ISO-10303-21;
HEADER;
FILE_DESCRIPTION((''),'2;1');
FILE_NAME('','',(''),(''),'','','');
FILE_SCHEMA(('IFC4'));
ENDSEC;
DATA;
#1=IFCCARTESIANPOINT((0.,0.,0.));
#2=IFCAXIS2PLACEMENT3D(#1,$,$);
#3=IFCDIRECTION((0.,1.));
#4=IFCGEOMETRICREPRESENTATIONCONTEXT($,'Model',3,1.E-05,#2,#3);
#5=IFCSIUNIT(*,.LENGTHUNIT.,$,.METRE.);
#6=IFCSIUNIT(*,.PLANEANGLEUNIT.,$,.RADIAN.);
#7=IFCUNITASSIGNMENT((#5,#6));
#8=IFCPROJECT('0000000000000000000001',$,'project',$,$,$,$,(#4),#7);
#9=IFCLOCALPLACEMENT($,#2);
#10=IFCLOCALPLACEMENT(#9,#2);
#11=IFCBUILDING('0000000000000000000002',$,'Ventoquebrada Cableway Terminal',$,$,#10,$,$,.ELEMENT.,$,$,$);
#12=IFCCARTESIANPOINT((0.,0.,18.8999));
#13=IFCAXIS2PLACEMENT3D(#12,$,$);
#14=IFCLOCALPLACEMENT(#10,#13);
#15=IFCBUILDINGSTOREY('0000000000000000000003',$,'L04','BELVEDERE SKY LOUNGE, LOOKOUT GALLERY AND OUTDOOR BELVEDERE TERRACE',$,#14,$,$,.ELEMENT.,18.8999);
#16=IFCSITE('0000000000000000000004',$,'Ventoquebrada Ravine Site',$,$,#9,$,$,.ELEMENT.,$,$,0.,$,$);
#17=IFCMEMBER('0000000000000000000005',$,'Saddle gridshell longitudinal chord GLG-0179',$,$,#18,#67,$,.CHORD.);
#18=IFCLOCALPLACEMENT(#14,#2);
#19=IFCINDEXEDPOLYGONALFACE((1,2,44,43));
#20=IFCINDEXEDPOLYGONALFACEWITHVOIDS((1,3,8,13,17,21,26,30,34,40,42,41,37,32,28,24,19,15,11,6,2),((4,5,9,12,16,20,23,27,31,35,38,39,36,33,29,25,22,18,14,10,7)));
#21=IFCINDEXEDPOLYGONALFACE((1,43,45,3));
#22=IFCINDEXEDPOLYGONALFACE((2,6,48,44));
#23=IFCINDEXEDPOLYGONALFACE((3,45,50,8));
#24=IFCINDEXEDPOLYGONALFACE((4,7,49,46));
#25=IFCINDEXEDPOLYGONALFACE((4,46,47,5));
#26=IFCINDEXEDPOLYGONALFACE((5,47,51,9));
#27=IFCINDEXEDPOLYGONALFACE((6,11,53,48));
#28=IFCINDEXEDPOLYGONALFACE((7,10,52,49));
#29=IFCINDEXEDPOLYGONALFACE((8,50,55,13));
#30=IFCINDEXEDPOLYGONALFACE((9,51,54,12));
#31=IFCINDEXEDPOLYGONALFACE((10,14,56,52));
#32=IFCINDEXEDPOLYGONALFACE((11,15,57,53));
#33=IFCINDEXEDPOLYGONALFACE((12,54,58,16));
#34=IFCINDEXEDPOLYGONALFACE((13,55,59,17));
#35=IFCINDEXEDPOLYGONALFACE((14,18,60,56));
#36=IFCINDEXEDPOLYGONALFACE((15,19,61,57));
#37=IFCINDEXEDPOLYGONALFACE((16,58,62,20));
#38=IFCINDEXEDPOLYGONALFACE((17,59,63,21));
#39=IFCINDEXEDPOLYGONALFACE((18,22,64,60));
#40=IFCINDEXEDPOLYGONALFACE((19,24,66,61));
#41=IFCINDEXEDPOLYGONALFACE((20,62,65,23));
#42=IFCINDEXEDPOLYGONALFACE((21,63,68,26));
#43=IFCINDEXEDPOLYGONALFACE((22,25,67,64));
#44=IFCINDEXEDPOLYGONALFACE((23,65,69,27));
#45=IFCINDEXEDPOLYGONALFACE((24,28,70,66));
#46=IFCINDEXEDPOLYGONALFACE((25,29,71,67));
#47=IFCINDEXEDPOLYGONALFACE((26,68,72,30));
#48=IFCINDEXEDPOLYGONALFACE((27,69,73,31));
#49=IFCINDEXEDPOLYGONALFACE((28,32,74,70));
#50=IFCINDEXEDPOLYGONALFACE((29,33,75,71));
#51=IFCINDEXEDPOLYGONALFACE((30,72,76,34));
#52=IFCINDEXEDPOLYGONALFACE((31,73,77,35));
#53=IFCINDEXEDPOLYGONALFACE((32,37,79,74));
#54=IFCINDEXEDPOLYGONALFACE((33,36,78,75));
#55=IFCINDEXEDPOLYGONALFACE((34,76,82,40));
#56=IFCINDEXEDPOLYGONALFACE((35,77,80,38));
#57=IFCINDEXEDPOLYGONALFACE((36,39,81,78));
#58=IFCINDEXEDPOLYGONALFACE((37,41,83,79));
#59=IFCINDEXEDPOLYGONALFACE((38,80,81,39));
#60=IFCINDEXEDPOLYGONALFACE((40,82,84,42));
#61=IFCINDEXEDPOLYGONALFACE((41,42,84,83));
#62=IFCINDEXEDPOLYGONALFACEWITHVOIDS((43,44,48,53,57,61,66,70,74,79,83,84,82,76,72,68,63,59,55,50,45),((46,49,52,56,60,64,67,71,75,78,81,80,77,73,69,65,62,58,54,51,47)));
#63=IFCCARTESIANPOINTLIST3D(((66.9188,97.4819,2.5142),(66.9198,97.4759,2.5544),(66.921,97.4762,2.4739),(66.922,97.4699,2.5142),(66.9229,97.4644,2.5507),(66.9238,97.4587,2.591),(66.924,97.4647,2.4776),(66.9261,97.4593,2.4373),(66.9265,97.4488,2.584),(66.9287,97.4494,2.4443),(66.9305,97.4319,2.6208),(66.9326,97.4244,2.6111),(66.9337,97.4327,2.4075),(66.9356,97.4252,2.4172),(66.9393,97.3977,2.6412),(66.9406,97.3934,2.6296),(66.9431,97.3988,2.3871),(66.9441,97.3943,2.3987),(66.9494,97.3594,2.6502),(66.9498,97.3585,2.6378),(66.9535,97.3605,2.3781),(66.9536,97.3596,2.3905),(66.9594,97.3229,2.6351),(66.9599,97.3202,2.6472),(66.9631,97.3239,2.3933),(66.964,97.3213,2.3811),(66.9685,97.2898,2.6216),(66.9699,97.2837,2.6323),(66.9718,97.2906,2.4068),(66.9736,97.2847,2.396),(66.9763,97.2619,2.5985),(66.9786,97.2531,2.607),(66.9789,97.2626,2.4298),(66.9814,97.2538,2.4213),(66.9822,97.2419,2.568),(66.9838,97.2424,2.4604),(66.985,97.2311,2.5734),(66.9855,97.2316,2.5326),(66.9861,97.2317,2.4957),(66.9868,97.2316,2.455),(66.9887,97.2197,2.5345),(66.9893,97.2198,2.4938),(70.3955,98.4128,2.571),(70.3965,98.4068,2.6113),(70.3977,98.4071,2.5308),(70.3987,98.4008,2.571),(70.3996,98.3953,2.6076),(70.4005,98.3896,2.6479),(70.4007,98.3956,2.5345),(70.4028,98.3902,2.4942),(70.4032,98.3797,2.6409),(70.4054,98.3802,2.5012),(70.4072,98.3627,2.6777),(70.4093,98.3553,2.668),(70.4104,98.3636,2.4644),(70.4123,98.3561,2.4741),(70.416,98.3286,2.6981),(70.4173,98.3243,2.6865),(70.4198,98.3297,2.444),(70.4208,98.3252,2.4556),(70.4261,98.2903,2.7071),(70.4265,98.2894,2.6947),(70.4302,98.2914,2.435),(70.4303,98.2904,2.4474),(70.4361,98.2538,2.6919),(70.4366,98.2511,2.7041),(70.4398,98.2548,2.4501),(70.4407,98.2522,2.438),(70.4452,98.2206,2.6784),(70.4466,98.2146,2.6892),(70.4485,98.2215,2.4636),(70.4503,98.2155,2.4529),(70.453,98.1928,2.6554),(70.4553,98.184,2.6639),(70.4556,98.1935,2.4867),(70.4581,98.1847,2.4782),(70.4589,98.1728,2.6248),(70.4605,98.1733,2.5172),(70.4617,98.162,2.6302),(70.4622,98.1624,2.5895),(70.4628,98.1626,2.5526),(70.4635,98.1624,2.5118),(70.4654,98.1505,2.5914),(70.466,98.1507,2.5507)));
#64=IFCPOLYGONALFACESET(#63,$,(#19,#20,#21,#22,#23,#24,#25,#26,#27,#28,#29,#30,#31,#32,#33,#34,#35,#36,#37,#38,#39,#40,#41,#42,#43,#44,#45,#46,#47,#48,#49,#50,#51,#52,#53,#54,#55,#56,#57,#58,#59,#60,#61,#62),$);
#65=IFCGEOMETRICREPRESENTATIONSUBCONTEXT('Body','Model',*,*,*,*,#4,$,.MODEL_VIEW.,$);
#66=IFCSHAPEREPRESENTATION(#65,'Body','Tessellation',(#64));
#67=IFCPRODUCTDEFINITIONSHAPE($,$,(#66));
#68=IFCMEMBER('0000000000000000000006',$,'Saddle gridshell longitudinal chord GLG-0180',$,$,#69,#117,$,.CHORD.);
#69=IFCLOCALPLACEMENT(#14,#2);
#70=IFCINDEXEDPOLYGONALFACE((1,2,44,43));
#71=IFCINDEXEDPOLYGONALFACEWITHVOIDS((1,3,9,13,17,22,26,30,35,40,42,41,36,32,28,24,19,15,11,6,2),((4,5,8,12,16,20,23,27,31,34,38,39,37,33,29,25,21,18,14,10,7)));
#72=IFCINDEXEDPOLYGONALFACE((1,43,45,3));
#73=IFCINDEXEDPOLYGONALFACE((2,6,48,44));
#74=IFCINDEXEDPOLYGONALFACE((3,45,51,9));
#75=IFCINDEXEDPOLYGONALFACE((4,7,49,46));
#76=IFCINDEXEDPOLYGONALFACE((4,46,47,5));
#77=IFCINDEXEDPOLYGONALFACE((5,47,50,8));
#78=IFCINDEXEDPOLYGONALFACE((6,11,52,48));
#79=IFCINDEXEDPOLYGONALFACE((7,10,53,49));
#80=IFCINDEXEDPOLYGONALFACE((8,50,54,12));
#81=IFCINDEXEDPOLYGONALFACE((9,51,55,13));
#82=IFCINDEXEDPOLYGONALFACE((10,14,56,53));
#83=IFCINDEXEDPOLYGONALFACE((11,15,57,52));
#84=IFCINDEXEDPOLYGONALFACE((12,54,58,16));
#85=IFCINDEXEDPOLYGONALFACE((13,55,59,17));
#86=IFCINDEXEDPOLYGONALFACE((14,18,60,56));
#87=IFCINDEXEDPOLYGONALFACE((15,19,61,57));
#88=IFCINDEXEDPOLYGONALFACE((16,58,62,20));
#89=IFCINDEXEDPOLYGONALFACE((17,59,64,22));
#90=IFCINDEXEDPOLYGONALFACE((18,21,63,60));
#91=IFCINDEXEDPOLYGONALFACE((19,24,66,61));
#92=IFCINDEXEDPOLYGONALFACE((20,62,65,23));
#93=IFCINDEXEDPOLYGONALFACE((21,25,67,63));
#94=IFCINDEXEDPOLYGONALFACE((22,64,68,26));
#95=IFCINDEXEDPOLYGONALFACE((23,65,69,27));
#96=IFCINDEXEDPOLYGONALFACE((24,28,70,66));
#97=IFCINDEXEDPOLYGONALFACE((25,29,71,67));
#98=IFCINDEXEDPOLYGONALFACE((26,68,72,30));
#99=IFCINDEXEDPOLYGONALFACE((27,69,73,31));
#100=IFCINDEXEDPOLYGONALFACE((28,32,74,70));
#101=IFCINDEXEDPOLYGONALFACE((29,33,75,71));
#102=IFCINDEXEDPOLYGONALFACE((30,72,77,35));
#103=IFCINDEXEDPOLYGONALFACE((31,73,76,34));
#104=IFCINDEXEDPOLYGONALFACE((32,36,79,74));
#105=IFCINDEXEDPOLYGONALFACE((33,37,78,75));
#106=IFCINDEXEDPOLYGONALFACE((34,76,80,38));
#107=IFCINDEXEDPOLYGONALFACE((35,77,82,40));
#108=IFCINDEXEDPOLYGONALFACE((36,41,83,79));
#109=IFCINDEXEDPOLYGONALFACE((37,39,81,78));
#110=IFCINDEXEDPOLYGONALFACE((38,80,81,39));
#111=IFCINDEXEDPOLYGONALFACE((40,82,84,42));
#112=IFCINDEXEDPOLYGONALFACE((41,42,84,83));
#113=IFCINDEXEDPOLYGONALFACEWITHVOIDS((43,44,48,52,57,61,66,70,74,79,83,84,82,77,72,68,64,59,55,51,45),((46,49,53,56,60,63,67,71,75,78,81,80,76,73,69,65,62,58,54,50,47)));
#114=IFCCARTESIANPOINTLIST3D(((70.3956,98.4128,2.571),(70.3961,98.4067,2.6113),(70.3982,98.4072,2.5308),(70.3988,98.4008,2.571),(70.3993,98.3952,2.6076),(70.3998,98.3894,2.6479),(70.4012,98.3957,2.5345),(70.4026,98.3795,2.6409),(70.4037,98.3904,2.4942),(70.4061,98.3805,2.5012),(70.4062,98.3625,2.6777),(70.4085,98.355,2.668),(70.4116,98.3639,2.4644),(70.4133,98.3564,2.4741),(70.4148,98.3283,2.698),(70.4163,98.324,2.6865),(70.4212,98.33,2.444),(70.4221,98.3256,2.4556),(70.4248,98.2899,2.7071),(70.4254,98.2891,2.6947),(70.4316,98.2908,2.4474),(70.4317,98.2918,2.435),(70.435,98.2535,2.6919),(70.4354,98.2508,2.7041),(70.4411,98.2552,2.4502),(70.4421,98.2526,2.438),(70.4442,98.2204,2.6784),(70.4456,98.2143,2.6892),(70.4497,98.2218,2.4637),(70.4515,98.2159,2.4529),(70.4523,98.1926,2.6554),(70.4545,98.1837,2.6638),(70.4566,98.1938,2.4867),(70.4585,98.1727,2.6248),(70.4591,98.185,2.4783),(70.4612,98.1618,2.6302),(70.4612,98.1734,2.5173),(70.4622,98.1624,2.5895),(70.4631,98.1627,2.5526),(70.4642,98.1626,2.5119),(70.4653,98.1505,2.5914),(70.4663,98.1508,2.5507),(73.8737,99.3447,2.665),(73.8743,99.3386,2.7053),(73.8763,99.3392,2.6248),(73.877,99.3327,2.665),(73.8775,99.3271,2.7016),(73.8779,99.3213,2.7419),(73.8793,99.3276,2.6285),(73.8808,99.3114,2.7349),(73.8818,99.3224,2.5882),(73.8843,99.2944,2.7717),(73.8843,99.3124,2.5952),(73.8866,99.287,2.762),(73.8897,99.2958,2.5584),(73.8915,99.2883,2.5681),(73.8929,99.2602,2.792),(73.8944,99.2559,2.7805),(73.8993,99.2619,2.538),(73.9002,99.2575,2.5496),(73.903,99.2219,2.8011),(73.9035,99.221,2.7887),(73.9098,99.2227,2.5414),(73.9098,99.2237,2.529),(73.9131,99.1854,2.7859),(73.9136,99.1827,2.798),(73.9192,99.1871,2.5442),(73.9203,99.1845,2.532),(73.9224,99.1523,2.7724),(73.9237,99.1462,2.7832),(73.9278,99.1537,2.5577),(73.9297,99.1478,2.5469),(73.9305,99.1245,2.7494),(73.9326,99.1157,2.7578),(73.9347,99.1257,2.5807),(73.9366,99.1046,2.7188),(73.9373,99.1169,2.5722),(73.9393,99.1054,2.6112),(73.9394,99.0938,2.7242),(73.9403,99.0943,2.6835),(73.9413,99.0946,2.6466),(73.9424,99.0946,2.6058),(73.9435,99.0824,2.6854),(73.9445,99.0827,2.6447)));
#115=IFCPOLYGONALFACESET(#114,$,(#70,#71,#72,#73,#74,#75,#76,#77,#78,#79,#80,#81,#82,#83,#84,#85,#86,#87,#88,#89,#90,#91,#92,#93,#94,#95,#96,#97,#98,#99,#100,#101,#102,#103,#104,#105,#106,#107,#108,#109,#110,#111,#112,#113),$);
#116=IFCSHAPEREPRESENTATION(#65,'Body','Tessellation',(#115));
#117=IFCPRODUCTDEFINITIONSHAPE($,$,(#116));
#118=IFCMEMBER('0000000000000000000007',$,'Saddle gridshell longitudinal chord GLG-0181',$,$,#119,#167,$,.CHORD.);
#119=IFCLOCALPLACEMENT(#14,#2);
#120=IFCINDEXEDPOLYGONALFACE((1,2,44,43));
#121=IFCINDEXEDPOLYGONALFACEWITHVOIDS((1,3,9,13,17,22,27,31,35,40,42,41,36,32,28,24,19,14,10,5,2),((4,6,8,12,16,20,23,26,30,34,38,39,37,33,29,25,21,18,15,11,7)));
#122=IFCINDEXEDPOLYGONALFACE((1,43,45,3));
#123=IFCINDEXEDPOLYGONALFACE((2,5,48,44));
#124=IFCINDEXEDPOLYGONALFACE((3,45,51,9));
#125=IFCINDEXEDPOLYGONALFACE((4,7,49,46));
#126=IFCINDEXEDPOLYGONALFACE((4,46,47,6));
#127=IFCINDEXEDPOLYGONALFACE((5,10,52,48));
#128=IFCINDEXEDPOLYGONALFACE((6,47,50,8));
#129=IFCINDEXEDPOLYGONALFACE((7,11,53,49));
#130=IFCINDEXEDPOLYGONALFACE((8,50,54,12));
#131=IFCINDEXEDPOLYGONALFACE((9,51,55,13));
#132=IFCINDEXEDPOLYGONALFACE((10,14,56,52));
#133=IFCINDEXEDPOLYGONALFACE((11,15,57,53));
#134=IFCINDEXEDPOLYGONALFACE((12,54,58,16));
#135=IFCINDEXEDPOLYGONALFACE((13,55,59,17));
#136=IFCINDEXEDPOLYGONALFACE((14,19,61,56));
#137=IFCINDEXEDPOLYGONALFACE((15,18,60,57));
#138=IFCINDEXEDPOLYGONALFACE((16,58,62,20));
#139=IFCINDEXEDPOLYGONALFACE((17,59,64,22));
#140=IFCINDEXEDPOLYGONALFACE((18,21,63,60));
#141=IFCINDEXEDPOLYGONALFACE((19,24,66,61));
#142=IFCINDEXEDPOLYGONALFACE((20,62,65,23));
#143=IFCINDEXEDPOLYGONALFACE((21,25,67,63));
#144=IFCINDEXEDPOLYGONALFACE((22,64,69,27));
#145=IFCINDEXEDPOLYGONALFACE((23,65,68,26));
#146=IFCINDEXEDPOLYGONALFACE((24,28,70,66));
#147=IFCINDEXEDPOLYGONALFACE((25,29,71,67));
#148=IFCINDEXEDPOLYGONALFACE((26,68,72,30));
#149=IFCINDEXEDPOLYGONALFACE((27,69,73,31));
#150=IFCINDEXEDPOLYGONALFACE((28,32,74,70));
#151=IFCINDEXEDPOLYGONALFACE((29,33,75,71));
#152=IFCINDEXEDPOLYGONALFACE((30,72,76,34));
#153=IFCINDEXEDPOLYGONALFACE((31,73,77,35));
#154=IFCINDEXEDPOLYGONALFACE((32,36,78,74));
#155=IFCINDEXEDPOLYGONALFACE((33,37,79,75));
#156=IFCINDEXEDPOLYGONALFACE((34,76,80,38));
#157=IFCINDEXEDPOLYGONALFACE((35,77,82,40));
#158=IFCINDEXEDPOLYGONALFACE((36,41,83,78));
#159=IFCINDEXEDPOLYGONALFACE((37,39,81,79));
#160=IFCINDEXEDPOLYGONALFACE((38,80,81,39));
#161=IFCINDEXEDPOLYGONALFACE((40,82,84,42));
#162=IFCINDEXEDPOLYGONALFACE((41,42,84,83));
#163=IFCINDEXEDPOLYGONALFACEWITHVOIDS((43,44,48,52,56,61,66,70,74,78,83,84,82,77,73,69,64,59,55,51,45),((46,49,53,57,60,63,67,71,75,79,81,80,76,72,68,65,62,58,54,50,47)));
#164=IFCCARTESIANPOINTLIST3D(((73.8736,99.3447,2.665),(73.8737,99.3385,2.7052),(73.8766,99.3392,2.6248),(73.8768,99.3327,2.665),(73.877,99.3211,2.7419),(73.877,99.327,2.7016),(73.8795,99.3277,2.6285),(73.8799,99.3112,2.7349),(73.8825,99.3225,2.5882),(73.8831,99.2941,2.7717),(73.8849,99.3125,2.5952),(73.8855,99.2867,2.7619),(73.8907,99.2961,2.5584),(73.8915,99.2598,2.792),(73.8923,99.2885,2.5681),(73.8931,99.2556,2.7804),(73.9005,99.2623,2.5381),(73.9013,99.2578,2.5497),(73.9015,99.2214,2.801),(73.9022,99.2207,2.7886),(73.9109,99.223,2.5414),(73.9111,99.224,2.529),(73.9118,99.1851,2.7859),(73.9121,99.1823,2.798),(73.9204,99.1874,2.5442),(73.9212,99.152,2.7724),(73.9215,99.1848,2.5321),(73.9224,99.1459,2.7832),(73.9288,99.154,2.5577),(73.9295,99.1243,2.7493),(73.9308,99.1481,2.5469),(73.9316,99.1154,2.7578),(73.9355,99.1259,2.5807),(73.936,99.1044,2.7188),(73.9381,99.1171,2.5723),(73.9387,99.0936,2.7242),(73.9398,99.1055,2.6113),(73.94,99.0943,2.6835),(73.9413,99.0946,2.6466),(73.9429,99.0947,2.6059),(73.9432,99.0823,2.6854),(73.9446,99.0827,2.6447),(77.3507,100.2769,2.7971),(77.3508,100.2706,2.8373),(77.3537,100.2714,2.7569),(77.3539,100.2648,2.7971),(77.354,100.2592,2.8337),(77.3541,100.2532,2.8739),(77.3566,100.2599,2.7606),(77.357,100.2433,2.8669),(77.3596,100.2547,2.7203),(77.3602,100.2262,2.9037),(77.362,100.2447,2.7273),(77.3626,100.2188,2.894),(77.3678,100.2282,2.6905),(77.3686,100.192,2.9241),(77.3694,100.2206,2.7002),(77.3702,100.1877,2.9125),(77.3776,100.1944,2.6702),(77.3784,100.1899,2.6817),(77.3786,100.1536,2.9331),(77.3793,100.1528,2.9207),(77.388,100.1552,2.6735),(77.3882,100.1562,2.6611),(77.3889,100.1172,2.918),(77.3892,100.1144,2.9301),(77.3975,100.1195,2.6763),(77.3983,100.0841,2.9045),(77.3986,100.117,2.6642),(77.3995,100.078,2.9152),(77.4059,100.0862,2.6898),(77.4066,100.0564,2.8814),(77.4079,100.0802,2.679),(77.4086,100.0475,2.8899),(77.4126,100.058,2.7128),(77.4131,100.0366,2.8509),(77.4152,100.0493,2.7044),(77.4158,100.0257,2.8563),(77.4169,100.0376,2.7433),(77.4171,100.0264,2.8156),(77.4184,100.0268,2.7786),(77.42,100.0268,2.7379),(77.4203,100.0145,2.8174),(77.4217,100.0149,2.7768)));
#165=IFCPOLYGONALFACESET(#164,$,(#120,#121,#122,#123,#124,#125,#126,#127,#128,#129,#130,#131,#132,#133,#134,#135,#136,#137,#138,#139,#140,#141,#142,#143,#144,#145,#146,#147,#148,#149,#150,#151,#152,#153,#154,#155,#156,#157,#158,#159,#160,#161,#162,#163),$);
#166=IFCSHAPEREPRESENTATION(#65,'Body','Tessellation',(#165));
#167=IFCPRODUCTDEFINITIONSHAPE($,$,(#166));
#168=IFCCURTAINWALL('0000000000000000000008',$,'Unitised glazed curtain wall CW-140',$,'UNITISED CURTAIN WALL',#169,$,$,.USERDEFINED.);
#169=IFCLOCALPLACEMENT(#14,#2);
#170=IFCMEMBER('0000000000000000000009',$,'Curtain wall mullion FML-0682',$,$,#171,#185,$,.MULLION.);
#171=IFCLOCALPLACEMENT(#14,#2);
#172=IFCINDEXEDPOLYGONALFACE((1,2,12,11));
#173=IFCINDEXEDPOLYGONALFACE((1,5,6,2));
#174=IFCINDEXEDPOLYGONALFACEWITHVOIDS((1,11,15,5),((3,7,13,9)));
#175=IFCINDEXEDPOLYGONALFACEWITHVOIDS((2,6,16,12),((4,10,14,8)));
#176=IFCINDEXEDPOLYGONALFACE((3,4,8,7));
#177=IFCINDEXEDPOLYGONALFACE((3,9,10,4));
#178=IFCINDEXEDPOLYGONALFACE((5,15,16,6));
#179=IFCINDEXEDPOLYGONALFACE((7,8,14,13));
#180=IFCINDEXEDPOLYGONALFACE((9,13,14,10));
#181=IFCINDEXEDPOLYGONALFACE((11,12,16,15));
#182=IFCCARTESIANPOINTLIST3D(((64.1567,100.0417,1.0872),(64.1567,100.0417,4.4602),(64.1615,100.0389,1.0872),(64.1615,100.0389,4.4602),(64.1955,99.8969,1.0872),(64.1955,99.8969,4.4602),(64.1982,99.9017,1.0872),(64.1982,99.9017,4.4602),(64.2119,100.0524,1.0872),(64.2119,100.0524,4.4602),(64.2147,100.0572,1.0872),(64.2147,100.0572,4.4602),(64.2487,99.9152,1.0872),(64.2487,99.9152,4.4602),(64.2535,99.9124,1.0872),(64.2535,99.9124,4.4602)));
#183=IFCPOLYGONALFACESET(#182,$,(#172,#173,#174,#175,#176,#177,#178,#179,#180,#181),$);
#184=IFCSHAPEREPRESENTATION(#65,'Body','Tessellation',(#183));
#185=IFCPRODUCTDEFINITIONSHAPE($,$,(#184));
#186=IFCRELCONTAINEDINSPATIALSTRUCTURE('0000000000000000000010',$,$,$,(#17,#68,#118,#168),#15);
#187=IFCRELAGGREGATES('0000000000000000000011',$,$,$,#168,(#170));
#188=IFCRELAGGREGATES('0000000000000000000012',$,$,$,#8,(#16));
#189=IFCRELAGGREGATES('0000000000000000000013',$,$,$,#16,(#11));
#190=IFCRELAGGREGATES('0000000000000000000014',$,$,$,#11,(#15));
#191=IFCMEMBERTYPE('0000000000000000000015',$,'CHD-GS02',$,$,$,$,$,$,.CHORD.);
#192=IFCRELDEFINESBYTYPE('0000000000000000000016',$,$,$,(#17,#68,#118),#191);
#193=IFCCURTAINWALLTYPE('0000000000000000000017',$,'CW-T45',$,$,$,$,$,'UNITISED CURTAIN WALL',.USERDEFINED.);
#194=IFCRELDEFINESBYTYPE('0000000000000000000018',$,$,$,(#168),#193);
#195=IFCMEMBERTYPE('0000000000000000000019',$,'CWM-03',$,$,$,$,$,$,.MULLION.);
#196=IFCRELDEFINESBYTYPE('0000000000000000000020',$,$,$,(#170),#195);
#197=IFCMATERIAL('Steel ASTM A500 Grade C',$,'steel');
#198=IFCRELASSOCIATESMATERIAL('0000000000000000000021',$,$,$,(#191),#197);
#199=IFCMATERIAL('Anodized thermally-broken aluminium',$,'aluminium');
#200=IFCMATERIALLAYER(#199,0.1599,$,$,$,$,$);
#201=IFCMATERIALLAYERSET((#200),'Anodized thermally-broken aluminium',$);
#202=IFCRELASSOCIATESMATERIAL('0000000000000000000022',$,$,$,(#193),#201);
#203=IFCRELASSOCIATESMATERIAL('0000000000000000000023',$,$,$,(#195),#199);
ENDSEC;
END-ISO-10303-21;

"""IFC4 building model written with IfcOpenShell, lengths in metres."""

from ifc_helpers import new_model, si_unit, direction, frame, origin, origin_2d, place, context, subcontext, project, spatial, hollow_rectangle, hollow_circle, extrude, material, layer, layer_set, material_profile, profile_set, type_object, element, aggregate, save


model = new_model("IFC4")

# Units and contexts
model_context = context("Model", 3, precision=1e-05, world=origin(), true_north=direction((0.0, 1.0)))
body_context = subcontext(model_context, "Body", "Model", "MODEL_VIEW")
ifc_project = project(units=[si_unit("LENGTHUNIT", "METRE"), si_unit("PLANEANGLEUNIT", "RADIAN")], contexts=[model_context])

# Site, building, storey
site_placement = place(None, origin())
site = spatial("IfcSite", under=ifc_project, at=site_placement, Name="Ventoquebrada Ravine Site", CompositionType="ELEMENT", RefElevation=0.0)
building_placement = place(site_placement, origin())
building = spatial("IfcBuilding", under=site, at=building_placement, Name="Ventoquebrada Cableway Terminal", CompositionType="ELEMENT")
storey_placement = place(building_placement, frame((0.0, 0.0, 18.8999)))
storey = spatial("IfcBuildingStorey", under=building, at=storey_placement, Name="L04", Description="BELVEDERE SKY LOUNGE, LOOKOUT GALLERY AND OUTDOOR BELVEDERE TERRACE", CompositionType="ELEMENT", Elevation=18.8999)

# Members
ifc_material_1 = material(Name="Steel ASTM A500 Grade C", Category="steel")
ifc_material_profile_1 = material_profile(ifc_material_1, hollow_circle(Radius=0.1365, WallThickness=0.0125, at=origin_2d()), Name="CHS273.0X12.5")
ifc_profile_set_1 = profile_set([ifc_material_profile_1], Name="Steel ASTM A500 Grade C")
member_type_1 = type_object("IfcMemberType", Name="CHD-GS02", PredefinedType="CHORD", material=ifc_profile_set_1)
member_1_placement = place(storey_placement, frame((66.9541, 97.3501, 2.5142), z_axis=(0.965854, 0.258605, 0.015803), x_axis=(-0.258638, 0.965974, 0.0)))
element("IfcMember", 1, at=member_1_placement, inside=storey, type_object=member_type_1, Name="Saddle gridshell longitudinal chord GLG-0179", PredefinedType="CHORD", context=body_context, shape_type="SweptSolid", body=[
    extrude(hollow_circle(Radius=0.1365, WallThickness=0.0125, at=origin_2d()), origin(), (0.0, 0.0, 1.0), 3.5996),
])
member_2_placement = place(storey_placement, frame((70.4309, 98.281, 2.571), z_axis=(0.9656, 0.258718, 0.026095), x_axis=(-0.258806, 0.965929, 0.0)))
element("IfcMember", 2, at=member_2_placement, inside=storey, type_object=member_type_1, Name="Saddle gridshell longitudinal chord GLG-0180", PredefinedType="CHORD", context=body_context, shape_type="SweptSolid", body=[
    extrude(hollow_circle(Radius=0.1365, WallThickness=0.0125, at=origin_2d()), origin(), (0.0, 0.0, 1.0), 3.6021),
])
member_3_placement = place(storey_placement, frame((73.9089, 99.2129, 2.665), z_axis=(0.965245, 0.258763, 0.036666), x_axis=(-0.258937, 0.965894, 0.0)))
element("IfcMember", 3, at=member_3_placement, inside=storey, type_object=member_type_1, Name="Saddle gridshell longitudinal chord GLG-0181", PredefinedType="CHORD", context=body_context, shape_type="SweptSolid", body=[
    extrude(hollow_circle(Radius=0.1365, WallThickness=0.0125, at=origin_2d()), origin(), (0.0, 0.0, 1.0), 3.6023),
])

# Curtain wall, member
ifc_material_2 = material(Name="Anodized thermally-broken aluminium", Category="aluminium")
ifc_layer_1 = layer(ifc_material_2, 0.1599)
ifc_layer_set_1 = layer_set([ifc_layer_1], Name="Anodized thermally-broken aluminium")
curtain_wall_type = type_object("IfcCurtainWallType", Name="CW-T45", ElementType="UNITISED CURTAIN WALL", PredefinedType="USERDEFINED", material=ifc_layer_set_1)
curtain_wall_placement = place(storey_placement, origin())
curtain_wall = element("IfcCurtainWall", 4, at=curtain_wall_placement, inside=storey, type_object=curtain_wall_type, Name="Unitised glazed curtain wall CW-140", ObjectType="UNITISED CURTAIN WALL", PredefinedType="USERDEFINED")
ifc_material_profile_2 = material_profile(ifc_material_2, hollow_rectangle(XDim=0.0601, YDim=0.1499, WallThickness=0.0039, at=origin_2d()), Name="CW-MUL-60X150")
ifc_profile_set_2 = profile_set([ifc_material_profile_2], Name="Anodized thermally-broken aluminium")
member_type_2 = type_object("IfcMemberType", Name="CWM-03", PredefinedType="MULLION", material=ifc_profile_set_2)
member_4_placement = place(storey_placement, frame((64.2051, 99.9771, 1.0872), z_axis=(0.0, 0.0, 1.0), x_axis=(-0.965944, -0.258752, 0.0)))
member_4 = element("IfcMember", 5, at=member_4_placement, type_object=member_type_2, Name="Curtain wall mullion FML-0682", PredefinedType="MULLION", context=body_context, shape_type="SweptSolid", body=[
    extrude(hollow_rectangle(XDim=0.0601, YDim=0.1499, WallThickness=0.0039, at=origin_2d()), origin(), (0.0, 0.0, 1.0), 3.373),
])

aggregate(curtain_wall, [member_4])

save(model, "model.ifc")
